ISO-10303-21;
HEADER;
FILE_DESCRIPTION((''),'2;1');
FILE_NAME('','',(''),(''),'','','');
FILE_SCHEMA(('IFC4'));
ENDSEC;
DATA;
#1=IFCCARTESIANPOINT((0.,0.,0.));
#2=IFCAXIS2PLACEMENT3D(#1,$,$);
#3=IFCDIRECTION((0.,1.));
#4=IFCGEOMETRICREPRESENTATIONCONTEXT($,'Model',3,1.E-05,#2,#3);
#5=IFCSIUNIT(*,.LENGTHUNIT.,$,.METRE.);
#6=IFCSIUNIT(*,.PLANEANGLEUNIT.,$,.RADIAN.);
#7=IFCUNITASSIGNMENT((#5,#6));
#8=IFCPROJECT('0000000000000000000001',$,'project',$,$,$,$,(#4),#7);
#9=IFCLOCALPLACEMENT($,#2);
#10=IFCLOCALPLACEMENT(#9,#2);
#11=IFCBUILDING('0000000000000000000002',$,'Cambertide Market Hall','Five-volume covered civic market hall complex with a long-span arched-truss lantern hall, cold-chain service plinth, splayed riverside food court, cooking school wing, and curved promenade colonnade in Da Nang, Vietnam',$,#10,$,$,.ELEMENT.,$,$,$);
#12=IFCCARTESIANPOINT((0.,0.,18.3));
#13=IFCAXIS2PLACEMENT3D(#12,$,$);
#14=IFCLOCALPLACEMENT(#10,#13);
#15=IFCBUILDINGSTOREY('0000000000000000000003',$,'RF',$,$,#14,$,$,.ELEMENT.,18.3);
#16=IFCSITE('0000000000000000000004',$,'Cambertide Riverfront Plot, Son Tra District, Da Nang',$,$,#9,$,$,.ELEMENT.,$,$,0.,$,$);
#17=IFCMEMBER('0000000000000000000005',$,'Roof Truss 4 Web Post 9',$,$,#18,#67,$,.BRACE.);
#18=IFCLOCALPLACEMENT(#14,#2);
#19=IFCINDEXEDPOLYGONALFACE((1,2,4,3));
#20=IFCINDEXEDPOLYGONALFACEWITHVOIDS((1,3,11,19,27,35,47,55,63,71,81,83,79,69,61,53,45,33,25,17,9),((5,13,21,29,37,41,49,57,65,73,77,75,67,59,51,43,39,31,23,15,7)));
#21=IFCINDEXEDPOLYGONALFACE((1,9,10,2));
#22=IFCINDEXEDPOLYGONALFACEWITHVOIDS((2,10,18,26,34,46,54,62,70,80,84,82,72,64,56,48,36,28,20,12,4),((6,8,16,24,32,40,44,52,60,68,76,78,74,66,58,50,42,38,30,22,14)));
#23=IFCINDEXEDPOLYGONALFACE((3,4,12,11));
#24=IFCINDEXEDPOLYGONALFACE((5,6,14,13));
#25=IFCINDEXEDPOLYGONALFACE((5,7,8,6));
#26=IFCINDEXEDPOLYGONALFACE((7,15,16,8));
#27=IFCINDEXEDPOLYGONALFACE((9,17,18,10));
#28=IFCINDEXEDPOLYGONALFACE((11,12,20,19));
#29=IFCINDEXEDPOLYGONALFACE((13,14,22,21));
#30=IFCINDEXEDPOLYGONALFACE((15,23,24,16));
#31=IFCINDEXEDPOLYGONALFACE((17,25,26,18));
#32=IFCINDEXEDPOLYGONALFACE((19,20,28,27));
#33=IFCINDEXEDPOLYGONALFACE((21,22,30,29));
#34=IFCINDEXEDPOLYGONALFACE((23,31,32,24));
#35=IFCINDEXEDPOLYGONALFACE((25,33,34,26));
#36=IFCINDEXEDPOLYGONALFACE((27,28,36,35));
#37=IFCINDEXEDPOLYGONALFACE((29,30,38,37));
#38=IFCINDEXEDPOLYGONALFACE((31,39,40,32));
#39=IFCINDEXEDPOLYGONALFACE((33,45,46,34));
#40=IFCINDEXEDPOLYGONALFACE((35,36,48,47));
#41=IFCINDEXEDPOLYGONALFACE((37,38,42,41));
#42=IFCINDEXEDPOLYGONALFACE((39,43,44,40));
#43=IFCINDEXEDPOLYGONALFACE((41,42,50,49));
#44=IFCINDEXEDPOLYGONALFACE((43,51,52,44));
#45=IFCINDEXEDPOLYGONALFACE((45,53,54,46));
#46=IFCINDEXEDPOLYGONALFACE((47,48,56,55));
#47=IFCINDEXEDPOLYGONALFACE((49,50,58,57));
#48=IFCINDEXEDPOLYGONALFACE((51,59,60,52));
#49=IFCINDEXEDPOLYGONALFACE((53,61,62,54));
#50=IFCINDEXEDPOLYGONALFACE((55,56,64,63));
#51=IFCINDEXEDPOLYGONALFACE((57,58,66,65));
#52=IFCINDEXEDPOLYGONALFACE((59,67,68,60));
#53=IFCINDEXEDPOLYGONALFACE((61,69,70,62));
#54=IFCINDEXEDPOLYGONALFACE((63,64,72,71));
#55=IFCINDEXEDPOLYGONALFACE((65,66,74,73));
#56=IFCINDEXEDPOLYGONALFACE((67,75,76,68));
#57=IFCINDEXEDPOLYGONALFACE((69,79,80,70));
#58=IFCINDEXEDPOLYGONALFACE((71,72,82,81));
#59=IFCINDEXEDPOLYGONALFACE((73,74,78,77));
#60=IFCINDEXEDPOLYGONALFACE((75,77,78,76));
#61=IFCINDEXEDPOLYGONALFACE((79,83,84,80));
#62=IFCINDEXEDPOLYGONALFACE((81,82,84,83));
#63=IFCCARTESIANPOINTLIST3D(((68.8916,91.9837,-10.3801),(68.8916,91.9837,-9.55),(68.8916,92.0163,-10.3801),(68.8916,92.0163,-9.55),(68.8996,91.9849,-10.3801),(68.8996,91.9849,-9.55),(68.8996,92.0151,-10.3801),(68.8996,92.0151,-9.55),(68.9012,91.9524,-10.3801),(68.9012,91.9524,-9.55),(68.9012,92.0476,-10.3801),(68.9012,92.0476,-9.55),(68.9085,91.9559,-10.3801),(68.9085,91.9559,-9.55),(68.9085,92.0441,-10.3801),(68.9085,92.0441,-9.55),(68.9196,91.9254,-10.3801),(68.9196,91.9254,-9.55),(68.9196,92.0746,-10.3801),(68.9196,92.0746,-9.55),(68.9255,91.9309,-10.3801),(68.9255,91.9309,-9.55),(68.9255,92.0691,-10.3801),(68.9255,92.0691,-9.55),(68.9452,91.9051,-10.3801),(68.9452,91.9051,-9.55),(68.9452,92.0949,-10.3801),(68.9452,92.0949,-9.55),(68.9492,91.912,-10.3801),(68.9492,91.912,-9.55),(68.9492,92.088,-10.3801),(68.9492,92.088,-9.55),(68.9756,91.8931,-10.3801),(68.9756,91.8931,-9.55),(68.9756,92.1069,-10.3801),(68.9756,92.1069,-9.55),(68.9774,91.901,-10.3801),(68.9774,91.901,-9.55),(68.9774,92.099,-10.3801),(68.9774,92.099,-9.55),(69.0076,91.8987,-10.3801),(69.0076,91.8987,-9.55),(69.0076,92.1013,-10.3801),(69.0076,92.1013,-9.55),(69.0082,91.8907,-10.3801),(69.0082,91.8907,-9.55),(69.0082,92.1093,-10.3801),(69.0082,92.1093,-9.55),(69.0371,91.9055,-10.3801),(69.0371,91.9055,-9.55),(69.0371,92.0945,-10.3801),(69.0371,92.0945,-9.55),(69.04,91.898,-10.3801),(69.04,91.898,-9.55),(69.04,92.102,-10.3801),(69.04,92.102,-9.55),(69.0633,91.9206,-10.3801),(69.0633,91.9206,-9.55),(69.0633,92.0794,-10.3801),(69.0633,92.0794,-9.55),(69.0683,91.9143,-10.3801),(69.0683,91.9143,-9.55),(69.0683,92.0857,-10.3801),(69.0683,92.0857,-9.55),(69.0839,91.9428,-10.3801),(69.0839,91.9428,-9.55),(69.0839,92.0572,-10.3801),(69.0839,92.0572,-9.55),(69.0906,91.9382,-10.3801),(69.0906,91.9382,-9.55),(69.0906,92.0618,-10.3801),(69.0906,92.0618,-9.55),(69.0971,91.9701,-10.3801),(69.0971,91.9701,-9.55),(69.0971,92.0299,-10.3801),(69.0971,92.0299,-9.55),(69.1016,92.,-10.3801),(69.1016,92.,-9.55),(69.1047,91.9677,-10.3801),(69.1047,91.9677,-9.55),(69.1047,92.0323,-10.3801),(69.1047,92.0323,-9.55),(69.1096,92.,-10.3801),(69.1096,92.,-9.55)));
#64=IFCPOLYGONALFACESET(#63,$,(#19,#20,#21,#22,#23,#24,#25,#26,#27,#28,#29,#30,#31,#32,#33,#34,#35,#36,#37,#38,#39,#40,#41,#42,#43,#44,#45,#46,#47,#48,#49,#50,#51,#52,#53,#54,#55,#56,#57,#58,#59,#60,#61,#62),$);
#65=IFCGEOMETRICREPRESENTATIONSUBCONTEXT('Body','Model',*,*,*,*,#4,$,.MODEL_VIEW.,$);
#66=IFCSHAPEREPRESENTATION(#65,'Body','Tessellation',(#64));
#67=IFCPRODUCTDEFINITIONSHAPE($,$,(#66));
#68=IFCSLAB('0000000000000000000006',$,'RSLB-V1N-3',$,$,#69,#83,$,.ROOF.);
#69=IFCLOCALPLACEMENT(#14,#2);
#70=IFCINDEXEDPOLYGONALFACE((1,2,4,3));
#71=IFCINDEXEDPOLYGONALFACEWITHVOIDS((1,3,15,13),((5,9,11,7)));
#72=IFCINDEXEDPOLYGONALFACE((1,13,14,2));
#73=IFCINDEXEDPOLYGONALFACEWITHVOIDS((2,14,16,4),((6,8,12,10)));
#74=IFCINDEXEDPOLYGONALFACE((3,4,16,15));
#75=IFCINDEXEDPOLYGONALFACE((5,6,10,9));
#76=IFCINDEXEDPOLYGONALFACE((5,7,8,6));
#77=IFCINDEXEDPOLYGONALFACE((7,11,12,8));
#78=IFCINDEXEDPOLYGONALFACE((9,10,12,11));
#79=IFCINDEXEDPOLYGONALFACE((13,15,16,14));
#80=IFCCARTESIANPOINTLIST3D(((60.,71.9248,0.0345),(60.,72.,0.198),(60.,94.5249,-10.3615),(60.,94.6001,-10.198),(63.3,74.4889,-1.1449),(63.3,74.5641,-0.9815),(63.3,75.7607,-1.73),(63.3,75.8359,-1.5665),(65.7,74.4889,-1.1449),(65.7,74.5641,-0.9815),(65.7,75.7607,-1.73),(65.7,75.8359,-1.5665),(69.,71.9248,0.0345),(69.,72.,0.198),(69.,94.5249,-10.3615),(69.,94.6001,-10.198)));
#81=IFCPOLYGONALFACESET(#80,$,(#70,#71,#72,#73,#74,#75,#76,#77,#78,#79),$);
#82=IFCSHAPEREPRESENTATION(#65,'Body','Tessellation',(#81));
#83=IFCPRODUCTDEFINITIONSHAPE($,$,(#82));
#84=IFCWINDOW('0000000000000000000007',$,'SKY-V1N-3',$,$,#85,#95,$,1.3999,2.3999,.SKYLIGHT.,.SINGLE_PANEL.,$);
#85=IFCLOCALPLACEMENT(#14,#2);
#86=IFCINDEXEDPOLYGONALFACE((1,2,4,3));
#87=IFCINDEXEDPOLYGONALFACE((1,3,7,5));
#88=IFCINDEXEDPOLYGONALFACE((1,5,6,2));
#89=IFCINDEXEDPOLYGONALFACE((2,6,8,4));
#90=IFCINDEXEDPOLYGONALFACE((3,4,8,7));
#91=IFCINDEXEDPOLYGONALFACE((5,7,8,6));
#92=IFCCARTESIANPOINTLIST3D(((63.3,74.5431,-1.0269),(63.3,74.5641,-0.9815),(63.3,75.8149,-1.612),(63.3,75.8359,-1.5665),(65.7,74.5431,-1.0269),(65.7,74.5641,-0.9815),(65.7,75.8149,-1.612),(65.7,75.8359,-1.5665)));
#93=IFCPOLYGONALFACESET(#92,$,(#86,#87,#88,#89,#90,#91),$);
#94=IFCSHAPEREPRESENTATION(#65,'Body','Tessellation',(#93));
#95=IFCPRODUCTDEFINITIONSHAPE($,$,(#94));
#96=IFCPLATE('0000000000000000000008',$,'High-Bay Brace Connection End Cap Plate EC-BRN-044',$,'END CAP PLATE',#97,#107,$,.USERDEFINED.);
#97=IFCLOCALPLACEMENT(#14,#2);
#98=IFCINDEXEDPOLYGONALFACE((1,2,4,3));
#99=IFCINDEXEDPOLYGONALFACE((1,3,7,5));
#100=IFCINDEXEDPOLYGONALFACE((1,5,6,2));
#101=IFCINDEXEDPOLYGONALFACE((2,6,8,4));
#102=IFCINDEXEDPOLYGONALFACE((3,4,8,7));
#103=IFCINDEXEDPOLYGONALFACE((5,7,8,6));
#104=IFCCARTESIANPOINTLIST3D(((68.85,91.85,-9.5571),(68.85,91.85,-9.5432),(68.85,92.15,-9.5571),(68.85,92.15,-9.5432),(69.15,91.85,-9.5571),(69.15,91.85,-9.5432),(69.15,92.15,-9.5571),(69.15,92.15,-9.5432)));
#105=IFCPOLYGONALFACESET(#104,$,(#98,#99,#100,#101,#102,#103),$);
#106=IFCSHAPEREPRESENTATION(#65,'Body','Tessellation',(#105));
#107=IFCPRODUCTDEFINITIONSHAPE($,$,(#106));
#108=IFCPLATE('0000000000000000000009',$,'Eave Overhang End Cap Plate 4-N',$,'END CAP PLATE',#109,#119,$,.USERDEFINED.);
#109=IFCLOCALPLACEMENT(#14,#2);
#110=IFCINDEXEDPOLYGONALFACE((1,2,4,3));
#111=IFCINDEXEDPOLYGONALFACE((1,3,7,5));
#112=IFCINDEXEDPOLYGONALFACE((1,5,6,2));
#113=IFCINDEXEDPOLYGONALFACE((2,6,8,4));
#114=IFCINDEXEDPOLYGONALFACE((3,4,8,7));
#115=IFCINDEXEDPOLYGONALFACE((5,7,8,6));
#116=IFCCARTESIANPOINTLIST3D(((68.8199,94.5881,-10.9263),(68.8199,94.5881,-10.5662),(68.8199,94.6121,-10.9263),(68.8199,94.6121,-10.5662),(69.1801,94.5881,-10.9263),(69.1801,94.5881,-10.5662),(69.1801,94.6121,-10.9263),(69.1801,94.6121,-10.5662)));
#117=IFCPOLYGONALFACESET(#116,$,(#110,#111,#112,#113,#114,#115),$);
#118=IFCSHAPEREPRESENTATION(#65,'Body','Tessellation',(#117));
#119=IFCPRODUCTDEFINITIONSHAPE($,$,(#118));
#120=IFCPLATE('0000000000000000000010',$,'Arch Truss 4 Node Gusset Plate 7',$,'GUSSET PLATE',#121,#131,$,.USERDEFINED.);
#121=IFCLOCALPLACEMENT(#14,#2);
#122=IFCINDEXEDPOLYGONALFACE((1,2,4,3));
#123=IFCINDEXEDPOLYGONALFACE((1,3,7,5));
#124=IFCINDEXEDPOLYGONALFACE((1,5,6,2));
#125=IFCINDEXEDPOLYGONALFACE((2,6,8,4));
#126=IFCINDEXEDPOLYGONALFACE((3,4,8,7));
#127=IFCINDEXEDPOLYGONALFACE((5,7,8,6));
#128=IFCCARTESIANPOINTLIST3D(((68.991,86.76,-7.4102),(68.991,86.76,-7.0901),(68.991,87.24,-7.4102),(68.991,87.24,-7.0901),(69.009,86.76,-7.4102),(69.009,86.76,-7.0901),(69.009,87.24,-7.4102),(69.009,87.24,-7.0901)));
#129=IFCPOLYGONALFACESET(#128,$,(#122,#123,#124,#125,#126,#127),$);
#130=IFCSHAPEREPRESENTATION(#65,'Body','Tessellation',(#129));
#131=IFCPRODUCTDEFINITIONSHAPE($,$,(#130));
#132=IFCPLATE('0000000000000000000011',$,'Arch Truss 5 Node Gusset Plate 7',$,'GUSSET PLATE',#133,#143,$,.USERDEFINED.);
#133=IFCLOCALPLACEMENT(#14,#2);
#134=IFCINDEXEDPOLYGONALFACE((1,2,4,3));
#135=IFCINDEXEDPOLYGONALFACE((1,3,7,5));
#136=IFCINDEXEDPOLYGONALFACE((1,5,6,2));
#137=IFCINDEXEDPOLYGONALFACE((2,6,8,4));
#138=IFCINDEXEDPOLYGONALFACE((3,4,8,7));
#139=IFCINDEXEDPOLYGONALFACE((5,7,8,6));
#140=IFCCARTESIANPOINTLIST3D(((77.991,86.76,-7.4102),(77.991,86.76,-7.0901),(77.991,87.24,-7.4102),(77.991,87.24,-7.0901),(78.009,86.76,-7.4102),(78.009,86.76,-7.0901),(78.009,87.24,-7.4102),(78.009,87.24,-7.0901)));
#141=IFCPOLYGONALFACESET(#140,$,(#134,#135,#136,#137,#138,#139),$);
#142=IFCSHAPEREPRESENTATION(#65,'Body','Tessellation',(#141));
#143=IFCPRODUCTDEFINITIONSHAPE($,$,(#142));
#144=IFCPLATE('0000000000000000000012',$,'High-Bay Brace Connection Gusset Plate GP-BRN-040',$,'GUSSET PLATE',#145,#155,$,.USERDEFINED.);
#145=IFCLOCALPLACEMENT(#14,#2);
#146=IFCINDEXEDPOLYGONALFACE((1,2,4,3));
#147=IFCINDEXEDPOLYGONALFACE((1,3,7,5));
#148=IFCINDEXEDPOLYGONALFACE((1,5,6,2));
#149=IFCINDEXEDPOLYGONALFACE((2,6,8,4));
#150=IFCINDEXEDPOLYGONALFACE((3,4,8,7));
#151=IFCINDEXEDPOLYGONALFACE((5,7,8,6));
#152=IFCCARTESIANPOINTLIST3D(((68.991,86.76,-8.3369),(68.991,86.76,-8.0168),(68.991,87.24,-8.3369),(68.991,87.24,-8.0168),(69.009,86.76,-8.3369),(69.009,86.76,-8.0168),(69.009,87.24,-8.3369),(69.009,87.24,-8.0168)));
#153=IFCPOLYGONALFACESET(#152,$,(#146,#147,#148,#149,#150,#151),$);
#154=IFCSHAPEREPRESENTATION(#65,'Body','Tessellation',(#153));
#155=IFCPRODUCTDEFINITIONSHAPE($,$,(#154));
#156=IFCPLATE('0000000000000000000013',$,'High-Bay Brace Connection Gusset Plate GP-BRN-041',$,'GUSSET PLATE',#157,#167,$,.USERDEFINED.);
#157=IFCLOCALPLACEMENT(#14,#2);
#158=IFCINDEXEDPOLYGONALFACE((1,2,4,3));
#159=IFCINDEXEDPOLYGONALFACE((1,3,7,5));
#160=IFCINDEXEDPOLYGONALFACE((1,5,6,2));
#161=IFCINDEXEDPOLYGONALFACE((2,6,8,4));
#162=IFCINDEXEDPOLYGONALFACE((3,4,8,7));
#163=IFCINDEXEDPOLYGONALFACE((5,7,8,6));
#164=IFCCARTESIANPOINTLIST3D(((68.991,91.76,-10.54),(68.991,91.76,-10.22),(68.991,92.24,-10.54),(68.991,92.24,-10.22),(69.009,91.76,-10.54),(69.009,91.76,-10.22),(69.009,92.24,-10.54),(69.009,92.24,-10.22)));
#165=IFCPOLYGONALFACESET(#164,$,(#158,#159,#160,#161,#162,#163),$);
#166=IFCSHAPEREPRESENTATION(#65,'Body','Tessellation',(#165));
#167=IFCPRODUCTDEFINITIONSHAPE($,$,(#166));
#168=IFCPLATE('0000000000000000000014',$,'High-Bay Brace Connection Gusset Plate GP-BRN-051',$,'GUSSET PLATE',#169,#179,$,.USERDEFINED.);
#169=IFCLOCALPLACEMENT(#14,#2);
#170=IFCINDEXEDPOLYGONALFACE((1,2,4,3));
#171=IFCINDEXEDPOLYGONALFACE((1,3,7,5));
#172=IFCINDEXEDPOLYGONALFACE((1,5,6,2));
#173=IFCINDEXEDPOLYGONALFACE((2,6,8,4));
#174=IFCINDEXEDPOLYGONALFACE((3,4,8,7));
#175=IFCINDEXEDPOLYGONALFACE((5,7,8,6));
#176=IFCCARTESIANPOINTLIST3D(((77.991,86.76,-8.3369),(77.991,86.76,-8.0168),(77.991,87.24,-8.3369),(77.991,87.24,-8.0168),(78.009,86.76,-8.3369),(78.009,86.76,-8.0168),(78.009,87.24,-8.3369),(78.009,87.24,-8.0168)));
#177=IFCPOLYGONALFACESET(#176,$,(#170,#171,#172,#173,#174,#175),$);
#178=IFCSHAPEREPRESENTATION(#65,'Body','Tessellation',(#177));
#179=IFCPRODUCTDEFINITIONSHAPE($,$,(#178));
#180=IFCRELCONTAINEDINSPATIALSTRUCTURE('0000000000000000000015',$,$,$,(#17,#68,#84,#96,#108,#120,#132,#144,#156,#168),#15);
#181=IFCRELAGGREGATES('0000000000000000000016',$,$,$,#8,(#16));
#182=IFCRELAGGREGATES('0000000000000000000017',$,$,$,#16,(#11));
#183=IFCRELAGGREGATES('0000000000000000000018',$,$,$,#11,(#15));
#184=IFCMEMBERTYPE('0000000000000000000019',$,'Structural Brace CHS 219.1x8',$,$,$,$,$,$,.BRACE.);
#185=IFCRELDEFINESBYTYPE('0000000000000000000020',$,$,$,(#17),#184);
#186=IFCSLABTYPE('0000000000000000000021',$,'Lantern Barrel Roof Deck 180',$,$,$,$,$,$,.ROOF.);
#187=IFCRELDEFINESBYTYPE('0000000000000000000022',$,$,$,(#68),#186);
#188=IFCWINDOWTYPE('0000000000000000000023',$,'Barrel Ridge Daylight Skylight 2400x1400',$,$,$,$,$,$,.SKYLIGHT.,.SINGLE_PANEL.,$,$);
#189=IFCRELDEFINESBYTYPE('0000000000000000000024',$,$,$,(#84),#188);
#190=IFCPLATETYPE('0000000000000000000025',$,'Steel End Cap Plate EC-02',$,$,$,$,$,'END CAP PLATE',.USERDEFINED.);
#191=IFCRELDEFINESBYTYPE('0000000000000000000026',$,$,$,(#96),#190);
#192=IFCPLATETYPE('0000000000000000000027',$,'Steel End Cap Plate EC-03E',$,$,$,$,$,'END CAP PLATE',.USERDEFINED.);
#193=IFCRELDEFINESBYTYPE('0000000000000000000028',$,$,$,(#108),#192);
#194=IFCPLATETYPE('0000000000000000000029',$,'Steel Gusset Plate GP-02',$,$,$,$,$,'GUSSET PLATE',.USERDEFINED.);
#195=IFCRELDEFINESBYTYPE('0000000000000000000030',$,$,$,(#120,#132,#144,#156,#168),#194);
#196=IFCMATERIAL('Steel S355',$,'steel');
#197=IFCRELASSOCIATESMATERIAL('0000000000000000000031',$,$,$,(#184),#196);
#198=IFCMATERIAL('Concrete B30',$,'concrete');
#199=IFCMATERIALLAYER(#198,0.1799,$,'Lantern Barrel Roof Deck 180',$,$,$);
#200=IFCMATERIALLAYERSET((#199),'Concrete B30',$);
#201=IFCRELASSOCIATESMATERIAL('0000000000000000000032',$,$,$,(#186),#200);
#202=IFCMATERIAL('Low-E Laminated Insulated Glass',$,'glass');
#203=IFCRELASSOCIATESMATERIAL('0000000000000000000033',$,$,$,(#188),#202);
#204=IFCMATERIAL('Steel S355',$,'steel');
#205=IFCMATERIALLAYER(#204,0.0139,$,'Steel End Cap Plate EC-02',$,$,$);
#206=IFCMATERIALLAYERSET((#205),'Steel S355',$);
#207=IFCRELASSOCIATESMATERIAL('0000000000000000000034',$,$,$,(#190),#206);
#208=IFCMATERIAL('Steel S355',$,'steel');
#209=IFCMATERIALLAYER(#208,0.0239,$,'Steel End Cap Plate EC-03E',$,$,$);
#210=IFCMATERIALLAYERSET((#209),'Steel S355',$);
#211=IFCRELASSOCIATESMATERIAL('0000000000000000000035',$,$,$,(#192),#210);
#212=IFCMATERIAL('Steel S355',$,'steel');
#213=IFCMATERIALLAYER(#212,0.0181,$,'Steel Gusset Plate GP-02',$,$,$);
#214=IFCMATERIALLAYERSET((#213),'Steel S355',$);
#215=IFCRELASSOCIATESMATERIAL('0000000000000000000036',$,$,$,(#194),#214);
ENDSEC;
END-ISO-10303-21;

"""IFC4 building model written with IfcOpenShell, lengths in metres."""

from ifc_helpers import new_model, si_unit, direction, frame, origin, origin_2d, place, context, subcontext, project, spatial, polyline, rectangle, hollow_circle, outline, extrude, material, layer, layer_set, material_profile, profile_set, type_object, element, fill, save


model = new_model("IFC4")

# Units and contexts
model_context = context("Model", 3, precision=1e-05, world=origin(), true_north=direction((0.0, 1.0)))
body_context = subcontext(model_context, "Body", "Model", "MODEL_VIEW")
ifc_project = project(units=[si_unit("LENGTHUNIT", "METRE"), si_unit("PLANEANGLEUNIT", "RADIAN")], contexts=[model_context])

# Site, building, storey
site_placement = place(None, origin())
site = spatial("IfcSite", under=ifc_project, at=site_placement, Name="Cambertide Riverfront Plot, Son Tra District, Da Nang", CompositionType="ELEMENT", RefElevation=0.0)
building_placement = place(site_placement, origin())
building = spatial("IfcBuilding", under=site, at=building_placement, Name="Cambertide Market Hall", Description="Five-volume covered civic market hall complex with a long-span arched-truss lantern hall, cold-chain service plinth, splayed riverside food court, cooking school wing, and curved promenade colonnade in Da Nang, Vietnam", CompositionType="ELEMENT")
storey_placement = place(building_placement, frame((0.0, 0.0, 18.3)))
storey = spatial("IfcBuildingStorey", under=building, at=storey_placement, Name="RF", CompositionType="ELEMENT", Elevation=18.3)

# Member
ifc_material_1 = material(Name="Steel S355", Category="steel")
ifc_material_profile_1 = material_profile(ifc_material_1, hollow_circle(Radius=0.1096, WallThickness=0.0081, at=origin_2d()), Name="CHS 219.1x8")
ifc_profile_set_1 = profile_set([ifc_material_profile_1], Name="Steel S355")
member_type_1 = type_object("IfcMemberType", Name="Structural Brace CHS 219.1x8", PredefinedType="BRACE", material=ifc_profile_set_1)
member_1_placement = place(storey_placement, frame((69.0, 92.0, -10.3801), z_axis=(0.0, 0.0, 1.0), x_axis=(1.0, 0.0, 0.0)))
element("IfcMember", 1, at=member_1_placement, inside=storey, type_object=member_type_1, Name="Roof Truss 4 Web Post 9", PredefinedType="BRACE", context=body_context, shape_type="SweptSolid", body=[
    extrude(hollow_circle(Radius=0.1096, WallThickness=0.0081, at=origin_2d()), origin(), (0.0, 0.0, 1.0), 0.8301),
])

# Slab, opening, window
ifc_material_2 = material(Name="Concrete B30", Category="concrete")
ifc_layer_1 = layer(ifc_material_2, 0.1799, Name="Lantern Barrel Roof Deck 180")
ifc_layer_set_1 = layer_set([ifc_layer_1], Name="Concrete B30")
slab_type = type_object("IfcSlabType", Name="Lantern Barrel Roof Deck 180", PredefinedType="ROOF", material=ifc_layer_set_1)
slab_placement = place(storey_placement, frame((69.0, 94.6001, -10.198), z_axis=(0.0, 0.417904, 0.908491), x_axis=(-1.0, 0.0, 0.0)))
slab = element("IfcSlab", 2, at=slab_placement, inside=storey, type_object=slab_type, Name="RSLB-V1N-3", PredefinedType="ROOF", context=body_context, shape_type="SweptSolid", body=[
    extrude(outline(polyline([(0.0, 0.0), (9.0, 0.0), (9.0, 24.8765), (0.0, 24.8765), (0.0, 0.0)])), origin(), (0.0, 0.0, -1.0), 0.1799),
])
opening_placement = place(slab_placement, frame((4.5, 21.3542, 0.01), z_axis=(0.0, 0.0, 1.0), x_axis=(1.0, 0.0, 0.0)))
opening = element("IfcOpeningElement", 3, at=opening_placement, cuts=slab, PredefinedType="OPENING", context=body_context, shape_type="SweptSolid", body=[
    extrude(rectangle(XDim=2.3999, YDim=1.3999, at=origin_2d()), origin(), (0.0, 0.0, -1.0), 0.2),
])
ifc_material_3 = material(Name="Low-E Laminated Insulated Glass", Category="glass")
window_type = type_object("IfcWindowType", Name="Barrel Ridge Daylight Skylight 2400x1400", PartitioningType="SINGLE_PANEL", PredefinedType="SKYLIGHT", material=ifc_material_3)
window_placement = place(slab_placement, frame((4.5, 21.3542, 0.0), z_axis=(0.0, 0.0, 1.0), x_axis=(1.0, 0.0, 0.0)))
window = element("IfcWindow", 4, at=window_placement, inside=storey, type_object=window_type, Name="SKY-V1N-3", OverallHeight=1.3999, OverallWidth=2.3999, PartitioningType="SINGLE_PANEL", PredefinedType="SKYLIGHT", context=body_context, shape_type="SweptSolid", body=[
    extrude(rectangle(XDim=2.3999, YDim=1.3999, at=origin_2d()), origin(), (0.0, 0.0, -1.0), 0.05),
])
fill(opening, window)

# Plates
ifc_material_4 = material(Name="Steel S355", Category="steel")
ifc_layer_2 = layer(ifc_material_4, 0.0139, Name="Steel End Cap Plate EC-02")
ifc_layer_set_2 = layer_set([ifc_layer_2], Name="Steel S355")
plate_type_1 = type_object("IfcPlateType", Name="Steel End Cap Plate EC-02", ElementType="END CAP PLATE", PredefinedType="USERDEFINED", material=ifc_layer_set_2)
plate_1_placement = place(storey_placement, frame((69.0, 92.0, -9.5571), z_axis=(0.0, 0.0, 1.0), x_axis=(1.0, 0.0, 0.0)))
element("IfcPlate", 5, at=plate_1_placement, inside=storey, type_object=plate_type_1, Name="High-Bay Brace Connection End Cap Plate EC-BRN-044", ObjectType="END CAP PLATE", PredefinedType="USERDEFINED", context=body_context, shape_type="SweptSolid", body=[
    extrude(rectangle(XDim=0.3, YDim=0.3, at=origin_2d()), origin(), (0.0, 0.0, 1.0), 0.0139),
])
ifc_material_5 = material(Name="Steel S355", Category="steel")
ifc_layer_3 = layer(ifc_material_5, 0.0239, Name="Steel End Cap Plate EC-03E")
ifc_layer_set_3 = layer_set([ifc_layer_3], Name="Steel S355")
plate_type_2 = type_object("IfcPlateType", Name="Steel End Cap Plate EC-03E", ElementType="END CAP PLATE", PredefinedType="USERDEFINED", material=ifc_layer_set_3)
plate_2_placement = place(storey_placement, frame((69.0, 94.6001, -10.9263), z_axis=(0.0, 0.0, 1.0), x_axis=(1.0, 0.0, 0.0)))
element("IfcPlate", 6, at=plate_2_placement, inside=storey, type_object=plate_type_2, Name="Eave Overhang End Cap Plate 4-N", ObjectType="END CAP PLATE", PredefinedType="USERDEFINED", context=body_context, shape_type="SweptSolid", body=[
    extrude(rectangle(XDim=0.3601, YDim=0.0239, at=origin_2d()), origin(), (0.0, 0.0, 1.0), 0.3601),
])
ifc_material_6 = material(Name="Steel S355", Category="steel")
ifc_layer_4 = layer(ifc_material_6, 0.0181, Name="Steel Gusset Plate GP-02")
ifc_layer_set_4 = layer_set([ifc_layer_4], Name="Steel S355")
plate_type_3 = type_object("IfcPlateType", Name="Steel Gusset Plate GP-02", ElementType="GUSSET PLATE", PredefinedType="USERDEFINED", material=ifc_layer_set_4)
for number, where, z_axis, x_axis, name in (
    (7, (69.0, 87.0, -7.4102), (0.0, 0.0, 1.0), (1.0, 0.0, 0.0), "Arch Truss 4 Node Gusset Plate 7"),
    (8, (78.0, 87.0, -7.4102), (0.0, 0.0, 1.0), (1.0, 0.0, 0.0), "Arch Truss 5 Node Gusset Plate 7"),
):
    element("IfcPlate", number, at=place(storey_placement, frame(where, z_axis=z_axis, x_axis=x_axis)), inside=storey, type_object=plate_type_3, Name=name, ObjectType="GUSSET PLATE", PredefinedType="USERDEFINED", context=body_context, shape_type="SweptSolid", body=[
        extrude(rectangle(XDim=0.0181, YDim=0.48, at=origin_2d()), origin(), (0.0, 0.0, 1.0), 0.3201),
    ])
for number, where, z_axis, x_axis, name in (
    (9, (69.0, 87.0, -8.3369), (0.0, 0.0, 1.0), (0.0, 1.0, 0.0), "High-Bay Brace Connection Gusset Plate GP-BRN-040"),
    (10, (69.0, 92.0, -10.54), (0.0, 0.0, 1.0), (0.0, 1.0, 0.0), "High-Bay Brace Connection Gusset Plate GP-BRN-041"),
    (11, (78.0, 87.0, -8.3369), (0.0, 0.0, 1.0), (0.0, 1.0, 0.0), "High-Bay Brace Connection Gusset Plate GP-BRN-051"),
):
    element("IfcPlate", number, at=place(storey_placement, frame(where, z_axis=z_axis, x_axis=x_axis)), inside=storey, type_object=plate_type_3, Name=name, ObjectType="GUSSET PLATE", PredefinedType="USERDEFINED", context=body_context, shape_type="SweptSolid", body=[
        extrude(rectangle(XDim=0.48, YDim=0.0181, at=origin_2d()), origin(), (0.0, 0.0, 1.0), 0.3201),
    ])

save(model, "model.ifc")
